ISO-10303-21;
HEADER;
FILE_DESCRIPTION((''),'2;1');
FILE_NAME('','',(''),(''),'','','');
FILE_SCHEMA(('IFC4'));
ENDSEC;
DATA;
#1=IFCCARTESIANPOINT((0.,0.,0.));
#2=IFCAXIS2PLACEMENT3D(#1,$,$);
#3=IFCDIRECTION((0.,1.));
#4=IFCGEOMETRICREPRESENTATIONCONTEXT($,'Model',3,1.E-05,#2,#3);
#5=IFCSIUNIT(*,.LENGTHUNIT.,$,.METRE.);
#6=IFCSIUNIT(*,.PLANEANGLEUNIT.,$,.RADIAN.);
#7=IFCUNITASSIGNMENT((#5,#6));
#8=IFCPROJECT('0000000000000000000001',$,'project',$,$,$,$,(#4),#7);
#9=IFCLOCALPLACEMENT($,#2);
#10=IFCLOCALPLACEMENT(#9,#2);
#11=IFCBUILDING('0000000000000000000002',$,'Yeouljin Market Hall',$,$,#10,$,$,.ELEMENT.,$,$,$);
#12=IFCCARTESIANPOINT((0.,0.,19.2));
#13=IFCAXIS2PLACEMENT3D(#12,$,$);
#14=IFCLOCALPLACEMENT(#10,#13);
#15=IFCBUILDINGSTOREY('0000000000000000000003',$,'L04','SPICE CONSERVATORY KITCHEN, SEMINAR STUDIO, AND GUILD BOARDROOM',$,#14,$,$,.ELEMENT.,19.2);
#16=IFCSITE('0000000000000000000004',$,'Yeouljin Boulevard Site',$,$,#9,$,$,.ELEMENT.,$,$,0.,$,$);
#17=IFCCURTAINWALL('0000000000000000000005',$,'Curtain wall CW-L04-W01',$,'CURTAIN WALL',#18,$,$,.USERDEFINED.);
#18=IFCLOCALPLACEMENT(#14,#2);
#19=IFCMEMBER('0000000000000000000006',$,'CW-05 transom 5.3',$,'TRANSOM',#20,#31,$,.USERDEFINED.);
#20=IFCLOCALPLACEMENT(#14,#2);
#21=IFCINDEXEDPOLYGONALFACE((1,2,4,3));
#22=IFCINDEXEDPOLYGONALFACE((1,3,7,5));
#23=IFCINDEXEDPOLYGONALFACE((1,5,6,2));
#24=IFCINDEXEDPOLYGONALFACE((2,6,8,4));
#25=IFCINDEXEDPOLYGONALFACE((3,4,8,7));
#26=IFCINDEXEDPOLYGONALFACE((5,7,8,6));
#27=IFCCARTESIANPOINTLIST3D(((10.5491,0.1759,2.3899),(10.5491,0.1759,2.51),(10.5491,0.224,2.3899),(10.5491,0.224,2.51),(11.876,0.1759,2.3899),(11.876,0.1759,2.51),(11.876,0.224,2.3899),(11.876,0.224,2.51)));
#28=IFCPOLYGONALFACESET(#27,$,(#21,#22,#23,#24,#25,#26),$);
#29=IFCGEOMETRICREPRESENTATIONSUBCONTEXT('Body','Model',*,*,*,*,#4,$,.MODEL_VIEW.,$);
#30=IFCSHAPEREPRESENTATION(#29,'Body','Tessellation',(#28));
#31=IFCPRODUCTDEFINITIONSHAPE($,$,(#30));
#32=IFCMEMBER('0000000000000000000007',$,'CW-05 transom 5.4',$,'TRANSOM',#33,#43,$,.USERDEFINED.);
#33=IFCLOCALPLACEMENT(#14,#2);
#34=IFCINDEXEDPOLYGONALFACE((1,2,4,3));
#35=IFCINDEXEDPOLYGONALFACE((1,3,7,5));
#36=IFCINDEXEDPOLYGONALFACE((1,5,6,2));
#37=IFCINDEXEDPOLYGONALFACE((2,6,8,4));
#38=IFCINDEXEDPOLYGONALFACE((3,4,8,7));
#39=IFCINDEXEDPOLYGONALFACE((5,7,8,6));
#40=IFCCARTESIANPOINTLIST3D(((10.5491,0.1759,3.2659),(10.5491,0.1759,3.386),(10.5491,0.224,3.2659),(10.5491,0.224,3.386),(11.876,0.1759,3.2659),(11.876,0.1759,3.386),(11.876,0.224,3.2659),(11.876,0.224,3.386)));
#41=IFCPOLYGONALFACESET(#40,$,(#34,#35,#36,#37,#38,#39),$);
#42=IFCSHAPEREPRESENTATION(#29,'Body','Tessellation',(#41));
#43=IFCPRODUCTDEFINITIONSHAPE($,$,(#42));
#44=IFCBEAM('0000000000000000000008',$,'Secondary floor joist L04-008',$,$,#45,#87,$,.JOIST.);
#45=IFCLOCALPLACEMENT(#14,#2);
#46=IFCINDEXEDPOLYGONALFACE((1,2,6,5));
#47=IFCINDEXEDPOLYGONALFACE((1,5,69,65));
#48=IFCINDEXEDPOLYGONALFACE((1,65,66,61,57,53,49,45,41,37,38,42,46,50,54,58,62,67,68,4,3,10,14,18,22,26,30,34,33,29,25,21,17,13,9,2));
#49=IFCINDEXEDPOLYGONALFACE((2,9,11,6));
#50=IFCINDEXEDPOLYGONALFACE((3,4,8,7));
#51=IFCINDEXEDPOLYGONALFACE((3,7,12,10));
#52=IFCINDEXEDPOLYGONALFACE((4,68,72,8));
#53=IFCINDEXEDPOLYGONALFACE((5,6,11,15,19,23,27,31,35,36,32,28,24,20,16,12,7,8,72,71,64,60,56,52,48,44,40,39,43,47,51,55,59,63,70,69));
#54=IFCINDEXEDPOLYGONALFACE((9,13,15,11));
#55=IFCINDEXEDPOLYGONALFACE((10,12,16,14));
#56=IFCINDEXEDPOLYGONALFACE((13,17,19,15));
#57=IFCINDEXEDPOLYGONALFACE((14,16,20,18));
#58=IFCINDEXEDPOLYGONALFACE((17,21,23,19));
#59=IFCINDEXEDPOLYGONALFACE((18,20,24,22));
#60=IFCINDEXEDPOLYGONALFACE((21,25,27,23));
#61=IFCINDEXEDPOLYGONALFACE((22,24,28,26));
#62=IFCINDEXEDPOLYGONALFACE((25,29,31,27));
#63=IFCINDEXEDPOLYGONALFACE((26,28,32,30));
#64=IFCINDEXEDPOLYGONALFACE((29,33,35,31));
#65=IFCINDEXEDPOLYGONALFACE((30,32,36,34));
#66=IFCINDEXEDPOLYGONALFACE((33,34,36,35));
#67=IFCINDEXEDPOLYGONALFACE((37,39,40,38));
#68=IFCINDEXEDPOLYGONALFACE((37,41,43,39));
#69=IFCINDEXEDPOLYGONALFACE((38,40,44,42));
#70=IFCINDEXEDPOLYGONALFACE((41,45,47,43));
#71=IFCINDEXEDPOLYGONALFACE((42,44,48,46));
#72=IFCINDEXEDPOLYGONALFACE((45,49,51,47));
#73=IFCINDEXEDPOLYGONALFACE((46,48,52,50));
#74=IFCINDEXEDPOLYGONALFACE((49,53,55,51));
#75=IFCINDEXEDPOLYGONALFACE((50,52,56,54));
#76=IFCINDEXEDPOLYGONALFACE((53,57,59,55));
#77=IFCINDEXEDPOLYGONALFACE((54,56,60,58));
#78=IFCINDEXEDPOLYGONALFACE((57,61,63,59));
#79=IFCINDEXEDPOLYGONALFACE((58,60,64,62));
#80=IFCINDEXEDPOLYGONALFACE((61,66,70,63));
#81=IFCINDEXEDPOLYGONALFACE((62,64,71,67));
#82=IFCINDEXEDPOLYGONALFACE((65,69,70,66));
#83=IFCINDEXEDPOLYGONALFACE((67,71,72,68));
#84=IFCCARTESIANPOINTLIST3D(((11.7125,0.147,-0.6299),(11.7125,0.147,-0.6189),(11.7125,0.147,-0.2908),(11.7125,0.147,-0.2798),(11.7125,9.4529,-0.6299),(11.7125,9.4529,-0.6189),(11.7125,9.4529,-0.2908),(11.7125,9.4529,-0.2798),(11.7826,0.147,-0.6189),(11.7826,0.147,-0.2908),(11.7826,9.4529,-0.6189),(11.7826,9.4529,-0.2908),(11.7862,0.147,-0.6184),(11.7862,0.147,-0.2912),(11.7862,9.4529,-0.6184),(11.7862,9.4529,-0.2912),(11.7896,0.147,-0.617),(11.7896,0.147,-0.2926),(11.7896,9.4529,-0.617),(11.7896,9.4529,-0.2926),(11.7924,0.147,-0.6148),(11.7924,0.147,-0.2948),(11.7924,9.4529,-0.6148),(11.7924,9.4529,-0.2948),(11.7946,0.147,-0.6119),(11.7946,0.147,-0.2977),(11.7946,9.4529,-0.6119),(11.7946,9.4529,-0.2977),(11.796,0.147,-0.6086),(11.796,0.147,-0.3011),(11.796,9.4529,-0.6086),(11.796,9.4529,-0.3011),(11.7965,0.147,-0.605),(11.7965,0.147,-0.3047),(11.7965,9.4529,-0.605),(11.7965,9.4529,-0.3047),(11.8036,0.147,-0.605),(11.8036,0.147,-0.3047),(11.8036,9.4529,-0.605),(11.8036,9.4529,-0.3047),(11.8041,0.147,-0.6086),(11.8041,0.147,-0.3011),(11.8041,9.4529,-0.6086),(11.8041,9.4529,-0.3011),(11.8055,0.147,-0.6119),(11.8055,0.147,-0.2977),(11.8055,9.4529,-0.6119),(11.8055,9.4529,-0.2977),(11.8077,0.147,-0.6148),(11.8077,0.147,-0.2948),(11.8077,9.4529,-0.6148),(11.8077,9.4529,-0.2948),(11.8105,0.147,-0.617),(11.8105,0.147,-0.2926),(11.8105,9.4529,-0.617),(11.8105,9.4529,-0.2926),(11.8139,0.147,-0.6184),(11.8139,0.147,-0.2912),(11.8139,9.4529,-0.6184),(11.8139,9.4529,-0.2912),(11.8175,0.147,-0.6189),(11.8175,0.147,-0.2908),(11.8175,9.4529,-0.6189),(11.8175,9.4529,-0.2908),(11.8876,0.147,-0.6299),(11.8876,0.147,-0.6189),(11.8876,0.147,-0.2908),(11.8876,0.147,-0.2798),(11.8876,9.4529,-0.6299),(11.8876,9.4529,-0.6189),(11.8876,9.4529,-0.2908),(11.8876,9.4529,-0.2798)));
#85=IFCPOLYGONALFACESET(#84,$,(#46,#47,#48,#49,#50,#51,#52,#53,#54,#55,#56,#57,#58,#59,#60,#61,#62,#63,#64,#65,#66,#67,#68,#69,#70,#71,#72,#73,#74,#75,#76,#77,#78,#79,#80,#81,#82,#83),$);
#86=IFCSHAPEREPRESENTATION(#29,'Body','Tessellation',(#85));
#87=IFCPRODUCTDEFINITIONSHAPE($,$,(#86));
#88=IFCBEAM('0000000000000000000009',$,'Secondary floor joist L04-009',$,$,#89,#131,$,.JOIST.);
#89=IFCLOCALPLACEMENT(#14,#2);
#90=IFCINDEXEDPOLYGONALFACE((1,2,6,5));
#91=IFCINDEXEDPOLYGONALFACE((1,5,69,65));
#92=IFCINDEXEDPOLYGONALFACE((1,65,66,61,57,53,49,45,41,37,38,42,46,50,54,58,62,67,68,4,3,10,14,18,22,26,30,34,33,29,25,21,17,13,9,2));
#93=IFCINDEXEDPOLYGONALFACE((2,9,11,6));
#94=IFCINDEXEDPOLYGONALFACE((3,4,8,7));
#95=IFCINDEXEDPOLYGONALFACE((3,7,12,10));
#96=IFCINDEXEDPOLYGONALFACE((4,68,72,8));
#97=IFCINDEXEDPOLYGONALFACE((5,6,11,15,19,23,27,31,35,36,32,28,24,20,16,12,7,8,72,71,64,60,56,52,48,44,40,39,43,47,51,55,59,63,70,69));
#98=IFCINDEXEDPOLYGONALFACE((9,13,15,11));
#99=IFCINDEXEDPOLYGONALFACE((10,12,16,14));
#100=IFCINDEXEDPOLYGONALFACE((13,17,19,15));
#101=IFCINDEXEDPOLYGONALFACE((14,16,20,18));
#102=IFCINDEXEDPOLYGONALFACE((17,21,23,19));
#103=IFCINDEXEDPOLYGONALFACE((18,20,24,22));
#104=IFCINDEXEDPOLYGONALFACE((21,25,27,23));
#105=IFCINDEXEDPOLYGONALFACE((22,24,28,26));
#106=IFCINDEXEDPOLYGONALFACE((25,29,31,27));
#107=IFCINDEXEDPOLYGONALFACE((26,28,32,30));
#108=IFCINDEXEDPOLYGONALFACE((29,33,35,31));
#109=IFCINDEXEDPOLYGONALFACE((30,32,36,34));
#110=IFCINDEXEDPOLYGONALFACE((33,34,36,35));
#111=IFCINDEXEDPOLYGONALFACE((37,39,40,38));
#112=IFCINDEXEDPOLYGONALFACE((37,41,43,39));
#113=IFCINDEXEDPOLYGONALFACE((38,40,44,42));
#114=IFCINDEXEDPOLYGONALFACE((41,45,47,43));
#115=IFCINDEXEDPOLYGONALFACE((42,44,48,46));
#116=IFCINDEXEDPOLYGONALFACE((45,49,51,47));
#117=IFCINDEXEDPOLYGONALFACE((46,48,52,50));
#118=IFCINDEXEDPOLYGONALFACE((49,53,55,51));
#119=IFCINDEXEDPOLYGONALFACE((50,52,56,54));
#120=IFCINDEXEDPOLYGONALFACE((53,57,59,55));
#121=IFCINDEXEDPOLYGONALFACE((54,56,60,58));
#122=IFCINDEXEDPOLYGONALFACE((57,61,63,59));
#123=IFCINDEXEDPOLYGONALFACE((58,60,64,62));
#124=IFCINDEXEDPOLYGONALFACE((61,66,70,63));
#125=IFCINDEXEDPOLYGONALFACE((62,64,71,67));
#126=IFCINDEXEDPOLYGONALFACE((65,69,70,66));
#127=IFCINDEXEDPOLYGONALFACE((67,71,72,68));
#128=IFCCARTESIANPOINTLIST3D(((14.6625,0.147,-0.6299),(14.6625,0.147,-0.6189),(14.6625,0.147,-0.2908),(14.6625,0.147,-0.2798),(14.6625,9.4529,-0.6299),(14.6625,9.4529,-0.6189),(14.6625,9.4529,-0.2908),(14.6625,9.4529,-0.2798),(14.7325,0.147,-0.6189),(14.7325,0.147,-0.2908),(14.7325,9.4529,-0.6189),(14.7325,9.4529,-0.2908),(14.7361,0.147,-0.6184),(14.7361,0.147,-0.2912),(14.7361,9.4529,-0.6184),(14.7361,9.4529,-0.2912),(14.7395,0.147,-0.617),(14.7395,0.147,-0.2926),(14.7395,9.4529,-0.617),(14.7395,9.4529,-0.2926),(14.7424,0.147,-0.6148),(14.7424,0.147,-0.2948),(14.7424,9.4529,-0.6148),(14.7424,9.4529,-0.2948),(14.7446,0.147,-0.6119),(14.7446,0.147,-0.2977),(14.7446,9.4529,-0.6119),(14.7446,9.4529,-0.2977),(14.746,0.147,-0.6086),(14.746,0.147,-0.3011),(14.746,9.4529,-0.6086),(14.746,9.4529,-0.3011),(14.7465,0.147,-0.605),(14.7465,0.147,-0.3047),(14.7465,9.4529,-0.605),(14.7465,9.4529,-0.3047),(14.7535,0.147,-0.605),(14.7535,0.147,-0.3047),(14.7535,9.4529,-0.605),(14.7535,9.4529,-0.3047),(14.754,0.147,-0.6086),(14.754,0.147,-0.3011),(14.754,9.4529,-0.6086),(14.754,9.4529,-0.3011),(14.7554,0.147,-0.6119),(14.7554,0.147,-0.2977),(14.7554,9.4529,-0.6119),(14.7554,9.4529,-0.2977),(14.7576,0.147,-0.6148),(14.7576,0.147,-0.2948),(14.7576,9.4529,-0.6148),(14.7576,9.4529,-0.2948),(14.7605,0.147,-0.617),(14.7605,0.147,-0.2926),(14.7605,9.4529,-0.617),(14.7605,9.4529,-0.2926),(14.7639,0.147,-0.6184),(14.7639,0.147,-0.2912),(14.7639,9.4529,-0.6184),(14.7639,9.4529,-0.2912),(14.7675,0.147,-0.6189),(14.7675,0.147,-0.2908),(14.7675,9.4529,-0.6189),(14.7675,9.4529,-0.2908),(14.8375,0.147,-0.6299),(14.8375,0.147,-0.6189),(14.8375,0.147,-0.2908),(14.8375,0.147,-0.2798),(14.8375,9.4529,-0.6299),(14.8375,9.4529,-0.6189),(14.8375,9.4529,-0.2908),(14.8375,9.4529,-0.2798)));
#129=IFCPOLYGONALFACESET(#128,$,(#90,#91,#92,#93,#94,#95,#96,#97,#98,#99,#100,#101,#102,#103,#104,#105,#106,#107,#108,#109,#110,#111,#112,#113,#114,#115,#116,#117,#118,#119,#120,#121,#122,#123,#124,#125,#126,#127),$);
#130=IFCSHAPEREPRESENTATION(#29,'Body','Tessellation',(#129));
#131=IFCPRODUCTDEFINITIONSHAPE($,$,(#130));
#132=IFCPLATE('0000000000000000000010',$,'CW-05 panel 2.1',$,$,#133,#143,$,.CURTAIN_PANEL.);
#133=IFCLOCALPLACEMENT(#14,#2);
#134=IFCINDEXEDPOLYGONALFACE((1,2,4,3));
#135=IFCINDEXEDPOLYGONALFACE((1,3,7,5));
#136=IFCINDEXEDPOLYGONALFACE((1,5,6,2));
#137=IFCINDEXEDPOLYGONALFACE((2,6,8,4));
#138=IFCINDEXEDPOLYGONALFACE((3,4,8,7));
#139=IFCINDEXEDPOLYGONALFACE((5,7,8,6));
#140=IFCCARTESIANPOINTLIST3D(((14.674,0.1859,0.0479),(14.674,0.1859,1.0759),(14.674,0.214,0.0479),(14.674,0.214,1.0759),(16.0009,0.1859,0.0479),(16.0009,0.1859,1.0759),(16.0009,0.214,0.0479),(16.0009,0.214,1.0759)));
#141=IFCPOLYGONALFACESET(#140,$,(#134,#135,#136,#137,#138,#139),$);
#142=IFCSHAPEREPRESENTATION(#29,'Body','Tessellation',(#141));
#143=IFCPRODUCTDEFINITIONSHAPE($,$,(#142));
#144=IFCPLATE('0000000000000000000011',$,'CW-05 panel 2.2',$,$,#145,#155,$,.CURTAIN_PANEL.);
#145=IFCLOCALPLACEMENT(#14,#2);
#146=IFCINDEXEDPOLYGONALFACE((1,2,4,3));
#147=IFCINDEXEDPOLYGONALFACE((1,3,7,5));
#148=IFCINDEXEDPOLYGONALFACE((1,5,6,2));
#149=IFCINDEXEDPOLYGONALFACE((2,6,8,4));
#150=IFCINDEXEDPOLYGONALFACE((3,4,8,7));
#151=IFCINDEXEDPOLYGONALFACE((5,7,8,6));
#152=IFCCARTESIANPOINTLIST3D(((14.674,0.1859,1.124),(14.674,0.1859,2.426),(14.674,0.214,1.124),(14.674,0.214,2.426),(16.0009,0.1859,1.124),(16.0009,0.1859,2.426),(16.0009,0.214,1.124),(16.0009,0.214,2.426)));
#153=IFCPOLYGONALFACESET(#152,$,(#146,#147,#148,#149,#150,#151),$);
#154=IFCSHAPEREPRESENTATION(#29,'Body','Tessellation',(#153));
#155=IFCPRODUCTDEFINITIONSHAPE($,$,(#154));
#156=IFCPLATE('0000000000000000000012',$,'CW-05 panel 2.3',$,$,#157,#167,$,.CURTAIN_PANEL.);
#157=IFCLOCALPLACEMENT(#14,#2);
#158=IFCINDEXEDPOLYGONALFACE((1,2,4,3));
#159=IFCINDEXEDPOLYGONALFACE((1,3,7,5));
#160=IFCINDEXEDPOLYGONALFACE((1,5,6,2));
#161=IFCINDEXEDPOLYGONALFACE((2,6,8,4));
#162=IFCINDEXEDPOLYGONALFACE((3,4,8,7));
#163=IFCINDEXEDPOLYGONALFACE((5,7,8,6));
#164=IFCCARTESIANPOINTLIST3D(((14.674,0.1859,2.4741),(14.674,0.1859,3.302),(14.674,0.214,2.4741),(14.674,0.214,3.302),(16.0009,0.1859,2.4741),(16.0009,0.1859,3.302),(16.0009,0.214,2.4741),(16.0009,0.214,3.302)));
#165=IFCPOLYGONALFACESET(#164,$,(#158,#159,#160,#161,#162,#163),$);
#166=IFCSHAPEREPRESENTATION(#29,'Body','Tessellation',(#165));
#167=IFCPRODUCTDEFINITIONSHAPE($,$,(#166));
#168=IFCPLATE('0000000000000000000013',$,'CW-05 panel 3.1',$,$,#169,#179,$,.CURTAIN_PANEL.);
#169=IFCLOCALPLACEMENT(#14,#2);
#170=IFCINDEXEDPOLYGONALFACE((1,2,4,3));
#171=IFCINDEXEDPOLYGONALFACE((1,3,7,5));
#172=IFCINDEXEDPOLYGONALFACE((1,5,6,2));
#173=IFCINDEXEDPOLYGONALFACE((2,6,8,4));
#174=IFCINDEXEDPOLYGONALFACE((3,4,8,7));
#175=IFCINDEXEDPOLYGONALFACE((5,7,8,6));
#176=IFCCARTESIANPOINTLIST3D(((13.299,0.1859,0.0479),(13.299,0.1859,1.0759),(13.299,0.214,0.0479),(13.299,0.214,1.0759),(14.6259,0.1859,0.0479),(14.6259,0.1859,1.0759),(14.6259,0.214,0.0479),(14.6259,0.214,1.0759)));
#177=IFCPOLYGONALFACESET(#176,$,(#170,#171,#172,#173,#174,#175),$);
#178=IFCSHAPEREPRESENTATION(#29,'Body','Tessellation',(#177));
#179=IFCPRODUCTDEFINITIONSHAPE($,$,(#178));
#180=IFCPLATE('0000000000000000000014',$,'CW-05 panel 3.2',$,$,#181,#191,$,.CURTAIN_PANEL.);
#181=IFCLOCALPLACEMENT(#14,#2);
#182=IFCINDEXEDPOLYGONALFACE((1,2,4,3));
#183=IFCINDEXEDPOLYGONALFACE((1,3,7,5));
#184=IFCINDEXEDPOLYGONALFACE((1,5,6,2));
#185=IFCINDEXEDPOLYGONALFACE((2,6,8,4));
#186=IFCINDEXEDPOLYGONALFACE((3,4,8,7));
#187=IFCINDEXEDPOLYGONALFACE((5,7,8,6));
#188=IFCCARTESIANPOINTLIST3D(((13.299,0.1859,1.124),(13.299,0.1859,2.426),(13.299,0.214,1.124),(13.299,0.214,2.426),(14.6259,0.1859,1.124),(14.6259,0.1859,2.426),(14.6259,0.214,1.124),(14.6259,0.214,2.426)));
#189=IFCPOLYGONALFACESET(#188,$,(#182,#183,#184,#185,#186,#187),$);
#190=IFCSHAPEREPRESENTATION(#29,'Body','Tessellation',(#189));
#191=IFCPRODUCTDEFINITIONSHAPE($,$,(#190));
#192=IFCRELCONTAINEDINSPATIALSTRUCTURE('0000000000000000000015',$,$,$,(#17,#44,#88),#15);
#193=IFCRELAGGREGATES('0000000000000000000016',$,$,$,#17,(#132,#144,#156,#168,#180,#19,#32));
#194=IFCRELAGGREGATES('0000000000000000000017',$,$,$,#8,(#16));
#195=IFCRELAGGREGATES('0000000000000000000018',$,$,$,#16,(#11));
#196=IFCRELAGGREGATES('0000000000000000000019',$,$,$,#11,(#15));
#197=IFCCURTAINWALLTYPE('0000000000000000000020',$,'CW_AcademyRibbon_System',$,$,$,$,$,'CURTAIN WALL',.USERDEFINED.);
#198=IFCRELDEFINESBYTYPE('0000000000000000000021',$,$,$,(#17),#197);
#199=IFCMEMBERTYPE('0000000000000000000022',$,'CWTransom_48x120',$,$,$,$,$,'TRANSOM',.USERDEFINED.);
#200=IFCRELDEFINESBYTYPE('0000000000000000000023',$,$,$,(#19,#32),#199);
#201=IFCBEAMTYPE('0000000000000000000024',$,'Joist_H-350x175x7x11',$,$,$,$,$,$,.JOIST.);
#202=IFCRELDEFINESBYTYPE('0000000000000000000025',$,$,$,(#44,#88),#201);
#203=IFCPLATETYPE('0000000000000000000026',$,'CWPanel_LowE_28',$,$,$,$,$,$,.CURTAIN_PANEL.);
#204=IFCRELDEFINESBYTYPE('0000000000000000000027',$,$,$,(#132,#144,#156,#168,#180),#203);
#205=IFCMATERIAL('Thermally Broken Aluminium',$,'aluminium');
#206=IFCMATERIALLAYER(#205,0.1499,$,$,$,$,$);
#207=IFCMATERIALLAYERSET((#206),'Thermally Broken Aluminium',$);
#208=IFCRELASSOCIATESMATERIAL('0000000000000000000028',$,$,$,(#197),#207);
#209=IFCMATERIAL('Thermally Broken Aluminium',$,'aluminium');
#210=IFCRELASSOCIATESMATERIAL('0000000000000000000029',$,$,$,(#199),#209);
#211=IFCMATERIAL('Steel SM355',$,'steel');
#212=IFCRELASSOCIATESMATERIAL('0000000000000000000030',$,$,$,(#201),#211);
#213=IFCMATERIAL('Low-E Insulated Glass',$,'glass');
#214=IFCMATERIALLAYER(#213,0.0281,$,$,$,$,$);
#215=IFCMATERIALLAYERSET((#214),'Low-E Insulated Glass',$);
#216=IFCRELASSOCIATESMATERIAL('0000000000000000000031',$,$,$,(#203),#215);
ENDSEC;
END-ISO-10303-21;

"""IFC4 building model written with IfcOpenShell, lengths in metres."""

from ifc_helpers import new_model, si_unit, direction, frame, origin, origin_2d, place, context, subcontext, project, spatial, rectangle, i_section, extrude, material, layer, layer_set, material_profile, profile_set, type_object, element, aggregate, save


model = new_model("IFC4")

# Units and contexts
model_context = context("Model", 3, precision=1e-05, world=origin(), true_north=direction((0.0, 1.0)))
body_context = subcontext(model_context, "Body", "Model", "MODEL_VIEW")
ifc_project = project(units=[si_unit("LENGTHUNIT", "METRE"), si_unit("PLANEANGLEUNIT", "RADIAN")], contexts=[model_context])

# Site, building, storey
site_placement = place(None, origin())
site = spatial("IfcSite", under=ifc_project, at=site_placement, Name="Yeouljin Boulevard Site", CompositionType="ELEMENT", RefElevation=0.0)
building_placement = place(site_placement, origin())
building = spatial("IfcBuilding", under=site, at=building_placement, Name="Yeouljin Market Hall", CompositionType="ELEMENT")
storey_placement = place(building_placement, frame((0.0, 0.0, 19.2)))
storey = spatial("IfcBuildingStorey", under=building, at=storey_placement, Name="L04", Description="SPICE CONSERVATORY KITCHEN, SEMINAR STUDIO, AND GUILD BOARDROOM", CompositionType="ELEMENT", Elevation=19.2)

# Curtain wall, members
ifc_material_1 = material(Name="Thermally Broken Aluminium", Category="aluminium")
ifc_layer_1 = layer(ifc_material_1, 0.1499)
ifc_layer_set_1 = layer_set([ifc_layer_1], Name="Thermally Broken Aluminium")
curtain_wall_type = type_object("IfcCurtainWallType", Name="CW_AcademyRibbon_System", ElementType="CURTAIN WALL", PredefinedType="USERDEFINED", material=ifc_layer_set_1)
curtain_wall_placement = place(storey_placement, origin())
curtain_wall = element("IfcCurtainWall", 1, at=curtain_wall_placement, inside=storey, type_object=curtain_wall_type, Name="Curtain wall CW-L04-W01", ObjectType="CURTAIN WALL", PredefinedType="USERDEFINED")
ifc_material_2 = material(Name="Thermally Broken Aluminium", Category="aluminium")
ifc_material_profile_1 = material_profile(ifc_material_2, rectangle(XDim=0.0481, YDim=0.1201, at=origin_2d()), Name="CW-TRAN-48x120")
ifc_profile_set_1 = profile_set([ifc_material_profile_1], Name="Thermally Broken Aluminium")
member_type_1 = type_object("IfcMemberType", Name="CWTransom_48x120", ElementType="TRANSOM", PredefinedType="USERDEFINED", material=ifc_profile_set_1)
member_1_placement = place(storey_placement, frame((11.876, 0.2, 2.45), z_axis=(-1.0, 0.0, 0.0), x_axis=(0.0, -1.0, 0.0)))
member_1 = element("IfcMember", 2, at=member_1_placement, type_object=member_type_1, Name="CW-05 transom 5.3", ObjectType="TRANSOM", PredefinedType="USERDEFINED", context=body_context, shape_type="SweptSolid", body=[
    extrude(rectangle(XDim=0.0481, YDim=0.1201, at=origin_2d()), origin(), (0.0, 0.0, 1.0), 1.3269),
])
member_2_placement = place(storey_placement, frame((11.876, 0.2, 3.3259), z_axis=(-1.0, 0.0, 0.0), x_axis=(0.0, -1.0, 0.0)))
member_2 = element("IfcMember", 3, at=member_2_placement, type_object=member_type_1, Name="CW-05 transom 5.4", ObjectType="TRANSOM", PredefinedType="USERDEFINED", context=body_context, shape_type="SweptSolid", body=[
    extrude(rectangle(XDim=0.0481, YDim=0.1201, at=origin_2d()), origin(), (0.0, 0.0, 1.0), 1.3269),
])

# Beams
ifc_material_3 = material(Name="Steel SM355", Category="steel")
ifc_material_profile_2 = material_profile(ifc_material_3, i_section(OverallWidth=0.175, OverallDepth=0.3501, WebThickness=0.0071, FlangeThickness=0.011, FilletRadius=0.0139, at=origin_2d()), Name="H-350x175x7x11")
ifc_profile_set_2 = profile_set([ifc_material_profile_2], Name="Steel SM355")
beam_type = type_object("IfcBeamType", Name="Joist_H-350x175x7x11", PredefinedType="JOIST", material=ifc_profile_set_2)
for number, where, z_axis, x_axis, name in (
    (4, (11.8, 0.147, -0.4548), (0.0, 1.0, 0.0), (-1.0, 0.0, 0.0), "Secondary floor joist L04-008"),
    (5, (14.75, 0.147, -0.4548), (0.0, 1.0, 0.0), (-1.0, 0.0, 0.0), "Secondary floor joist L04-009"),
):
    element("IfcBeam", number, at=place(storey_placement, frame(where, z_axis=z_axis, x_axis=x_axis)), inside=storey, type_object=beam_type, Name=name, PredefinedType="JOIST", context=body_context, shape_type="SweptSolid", body=[
        extrude(i_section(OverallWidth=0.175, OverallDepth=0.3501, WebThickness=0.0071, FlangeThickness=0.011, FilletRadius=0.0139, at=origin_2d()), origin(), (0.0, 0.0, 1.0), 9.3059),
    ])

# Plates
ifc_material_4 = material(Name="Low-E Insulated Glass", Category="glass")
ifc_layer_2 = layer(ifc_material_4, 0.0281)
ifc_layer_set_2 = layer_set([ifc_layer_2], Name="Low-E Insulated Glass")
plate_type = type_object("IfcPlateType", Name="CWPanel_LowE_28", PredefinedType="CURTAIN_PANEL", material=ifc_layer_set_2)
plate_1_placement = place(storey_placement, frame((15.3374, 0.2, 0.0479), z_axis=(0.0, 0.0, 1.0), x_axis=(-1.0, 0.0, 0.0)))
plate_1 = element("IfcPlate", 6, at=plate_1_placement, type_object=plate_type, Name="CW-05 panel 2.1", PredefinedType="CURTAIN_PANEL", context=body_context, shape_type="SweptSolid", body=[
    extrude(rectangle(XDim=1.3269, YDim=0.0281, at=origin_2d()), origin(), (0.0, 0.0, 1.0), 1.0281),
])
plate_2_placement = place(storey_placement, frame((15.3374, 0.2, 1.124), z_axis=(0.0, 0.0, 1.0), x_axis=(-1.0, 0.0, 0.0)))
plate_2 = element("IfcPlate", 7, at=plate_2_placement, type_object=plate_type, Name="CW-05 panel 2.2", PredefinedType="CURTAIN_PANEL", context=body_context, shape_type="SweptSolid", body=[
    extrude(rectangle(XDim=1.3269, YDim=0.0281, at=origin_2d()), origin(), (0.0, 0.0, 1.0), 1.302),
])
plate_3_placement = place(storey_placement, frame((15.3374, 0.2, 2.4741), z_axis=(0.0, 0.0, 1.0), x_axis=(-1.0, 0.0, 0.0)))
plate_3 = element("IfcPlate", 8, at=plate_3_placement, type_object=plate_type, Name="CW-05 panel 2.3", PredefinedType="CURTAIN_PANEL", context=body_context, shape_type="SweptSolid", body=[
    extrude(rectangle(XDim=1.3269, YDim=0.0281, at=origin_2d()), origin(), (0.0, 0.0, 1.0), 0.8279),
])
plate_4_placement = place(storey_placement, frame((13.9624, 0.2, 0.0479), z_axis=(0.0, 0.0, 1.0), x_axis=(-1.0, 0.0, 0.0)))
plate_4 = element("IfcPlate", 9, at=plate_4_placement, type_object=plate_type, Name="CW-05 panel 3.1", PredefinedType="CURTAIN_PANEL", context=body_context, shape_type="SweptSolid", body=[
    extrude(rectangle(XDim=1.3269, YDim=0.0281, at=origin_2d()), origin(), (0.0, 0.0, 1.0), 1.0281),
])
plate_5_placement = place(storey_placement, frame((13.9624, 0.2, 1.124), z_axis=(0.0, 0.0, 1.0), x_axis=(-1.0, 0.0, 0.0)))
plate_5 = element("IfcPlate", 10, at=plate_5_placement, type_object=plate_type, Name="CW-05 panel 3.2", PredefinedType="CURTAIN_PANEL", context=body_context, shape_type="SweptSolid", body=[
    extrude(rectangle(XDim=1.3269, YDim=0.0281, at=origin_2d()), origin(), (0.0, 0.0, 1.0), 1.302),
])
aggregate(curtain_wall, [plate_1, plate_2, plate_3, plate_4, plate_5, member_1, member_2])

save(model, "model.ifc")
